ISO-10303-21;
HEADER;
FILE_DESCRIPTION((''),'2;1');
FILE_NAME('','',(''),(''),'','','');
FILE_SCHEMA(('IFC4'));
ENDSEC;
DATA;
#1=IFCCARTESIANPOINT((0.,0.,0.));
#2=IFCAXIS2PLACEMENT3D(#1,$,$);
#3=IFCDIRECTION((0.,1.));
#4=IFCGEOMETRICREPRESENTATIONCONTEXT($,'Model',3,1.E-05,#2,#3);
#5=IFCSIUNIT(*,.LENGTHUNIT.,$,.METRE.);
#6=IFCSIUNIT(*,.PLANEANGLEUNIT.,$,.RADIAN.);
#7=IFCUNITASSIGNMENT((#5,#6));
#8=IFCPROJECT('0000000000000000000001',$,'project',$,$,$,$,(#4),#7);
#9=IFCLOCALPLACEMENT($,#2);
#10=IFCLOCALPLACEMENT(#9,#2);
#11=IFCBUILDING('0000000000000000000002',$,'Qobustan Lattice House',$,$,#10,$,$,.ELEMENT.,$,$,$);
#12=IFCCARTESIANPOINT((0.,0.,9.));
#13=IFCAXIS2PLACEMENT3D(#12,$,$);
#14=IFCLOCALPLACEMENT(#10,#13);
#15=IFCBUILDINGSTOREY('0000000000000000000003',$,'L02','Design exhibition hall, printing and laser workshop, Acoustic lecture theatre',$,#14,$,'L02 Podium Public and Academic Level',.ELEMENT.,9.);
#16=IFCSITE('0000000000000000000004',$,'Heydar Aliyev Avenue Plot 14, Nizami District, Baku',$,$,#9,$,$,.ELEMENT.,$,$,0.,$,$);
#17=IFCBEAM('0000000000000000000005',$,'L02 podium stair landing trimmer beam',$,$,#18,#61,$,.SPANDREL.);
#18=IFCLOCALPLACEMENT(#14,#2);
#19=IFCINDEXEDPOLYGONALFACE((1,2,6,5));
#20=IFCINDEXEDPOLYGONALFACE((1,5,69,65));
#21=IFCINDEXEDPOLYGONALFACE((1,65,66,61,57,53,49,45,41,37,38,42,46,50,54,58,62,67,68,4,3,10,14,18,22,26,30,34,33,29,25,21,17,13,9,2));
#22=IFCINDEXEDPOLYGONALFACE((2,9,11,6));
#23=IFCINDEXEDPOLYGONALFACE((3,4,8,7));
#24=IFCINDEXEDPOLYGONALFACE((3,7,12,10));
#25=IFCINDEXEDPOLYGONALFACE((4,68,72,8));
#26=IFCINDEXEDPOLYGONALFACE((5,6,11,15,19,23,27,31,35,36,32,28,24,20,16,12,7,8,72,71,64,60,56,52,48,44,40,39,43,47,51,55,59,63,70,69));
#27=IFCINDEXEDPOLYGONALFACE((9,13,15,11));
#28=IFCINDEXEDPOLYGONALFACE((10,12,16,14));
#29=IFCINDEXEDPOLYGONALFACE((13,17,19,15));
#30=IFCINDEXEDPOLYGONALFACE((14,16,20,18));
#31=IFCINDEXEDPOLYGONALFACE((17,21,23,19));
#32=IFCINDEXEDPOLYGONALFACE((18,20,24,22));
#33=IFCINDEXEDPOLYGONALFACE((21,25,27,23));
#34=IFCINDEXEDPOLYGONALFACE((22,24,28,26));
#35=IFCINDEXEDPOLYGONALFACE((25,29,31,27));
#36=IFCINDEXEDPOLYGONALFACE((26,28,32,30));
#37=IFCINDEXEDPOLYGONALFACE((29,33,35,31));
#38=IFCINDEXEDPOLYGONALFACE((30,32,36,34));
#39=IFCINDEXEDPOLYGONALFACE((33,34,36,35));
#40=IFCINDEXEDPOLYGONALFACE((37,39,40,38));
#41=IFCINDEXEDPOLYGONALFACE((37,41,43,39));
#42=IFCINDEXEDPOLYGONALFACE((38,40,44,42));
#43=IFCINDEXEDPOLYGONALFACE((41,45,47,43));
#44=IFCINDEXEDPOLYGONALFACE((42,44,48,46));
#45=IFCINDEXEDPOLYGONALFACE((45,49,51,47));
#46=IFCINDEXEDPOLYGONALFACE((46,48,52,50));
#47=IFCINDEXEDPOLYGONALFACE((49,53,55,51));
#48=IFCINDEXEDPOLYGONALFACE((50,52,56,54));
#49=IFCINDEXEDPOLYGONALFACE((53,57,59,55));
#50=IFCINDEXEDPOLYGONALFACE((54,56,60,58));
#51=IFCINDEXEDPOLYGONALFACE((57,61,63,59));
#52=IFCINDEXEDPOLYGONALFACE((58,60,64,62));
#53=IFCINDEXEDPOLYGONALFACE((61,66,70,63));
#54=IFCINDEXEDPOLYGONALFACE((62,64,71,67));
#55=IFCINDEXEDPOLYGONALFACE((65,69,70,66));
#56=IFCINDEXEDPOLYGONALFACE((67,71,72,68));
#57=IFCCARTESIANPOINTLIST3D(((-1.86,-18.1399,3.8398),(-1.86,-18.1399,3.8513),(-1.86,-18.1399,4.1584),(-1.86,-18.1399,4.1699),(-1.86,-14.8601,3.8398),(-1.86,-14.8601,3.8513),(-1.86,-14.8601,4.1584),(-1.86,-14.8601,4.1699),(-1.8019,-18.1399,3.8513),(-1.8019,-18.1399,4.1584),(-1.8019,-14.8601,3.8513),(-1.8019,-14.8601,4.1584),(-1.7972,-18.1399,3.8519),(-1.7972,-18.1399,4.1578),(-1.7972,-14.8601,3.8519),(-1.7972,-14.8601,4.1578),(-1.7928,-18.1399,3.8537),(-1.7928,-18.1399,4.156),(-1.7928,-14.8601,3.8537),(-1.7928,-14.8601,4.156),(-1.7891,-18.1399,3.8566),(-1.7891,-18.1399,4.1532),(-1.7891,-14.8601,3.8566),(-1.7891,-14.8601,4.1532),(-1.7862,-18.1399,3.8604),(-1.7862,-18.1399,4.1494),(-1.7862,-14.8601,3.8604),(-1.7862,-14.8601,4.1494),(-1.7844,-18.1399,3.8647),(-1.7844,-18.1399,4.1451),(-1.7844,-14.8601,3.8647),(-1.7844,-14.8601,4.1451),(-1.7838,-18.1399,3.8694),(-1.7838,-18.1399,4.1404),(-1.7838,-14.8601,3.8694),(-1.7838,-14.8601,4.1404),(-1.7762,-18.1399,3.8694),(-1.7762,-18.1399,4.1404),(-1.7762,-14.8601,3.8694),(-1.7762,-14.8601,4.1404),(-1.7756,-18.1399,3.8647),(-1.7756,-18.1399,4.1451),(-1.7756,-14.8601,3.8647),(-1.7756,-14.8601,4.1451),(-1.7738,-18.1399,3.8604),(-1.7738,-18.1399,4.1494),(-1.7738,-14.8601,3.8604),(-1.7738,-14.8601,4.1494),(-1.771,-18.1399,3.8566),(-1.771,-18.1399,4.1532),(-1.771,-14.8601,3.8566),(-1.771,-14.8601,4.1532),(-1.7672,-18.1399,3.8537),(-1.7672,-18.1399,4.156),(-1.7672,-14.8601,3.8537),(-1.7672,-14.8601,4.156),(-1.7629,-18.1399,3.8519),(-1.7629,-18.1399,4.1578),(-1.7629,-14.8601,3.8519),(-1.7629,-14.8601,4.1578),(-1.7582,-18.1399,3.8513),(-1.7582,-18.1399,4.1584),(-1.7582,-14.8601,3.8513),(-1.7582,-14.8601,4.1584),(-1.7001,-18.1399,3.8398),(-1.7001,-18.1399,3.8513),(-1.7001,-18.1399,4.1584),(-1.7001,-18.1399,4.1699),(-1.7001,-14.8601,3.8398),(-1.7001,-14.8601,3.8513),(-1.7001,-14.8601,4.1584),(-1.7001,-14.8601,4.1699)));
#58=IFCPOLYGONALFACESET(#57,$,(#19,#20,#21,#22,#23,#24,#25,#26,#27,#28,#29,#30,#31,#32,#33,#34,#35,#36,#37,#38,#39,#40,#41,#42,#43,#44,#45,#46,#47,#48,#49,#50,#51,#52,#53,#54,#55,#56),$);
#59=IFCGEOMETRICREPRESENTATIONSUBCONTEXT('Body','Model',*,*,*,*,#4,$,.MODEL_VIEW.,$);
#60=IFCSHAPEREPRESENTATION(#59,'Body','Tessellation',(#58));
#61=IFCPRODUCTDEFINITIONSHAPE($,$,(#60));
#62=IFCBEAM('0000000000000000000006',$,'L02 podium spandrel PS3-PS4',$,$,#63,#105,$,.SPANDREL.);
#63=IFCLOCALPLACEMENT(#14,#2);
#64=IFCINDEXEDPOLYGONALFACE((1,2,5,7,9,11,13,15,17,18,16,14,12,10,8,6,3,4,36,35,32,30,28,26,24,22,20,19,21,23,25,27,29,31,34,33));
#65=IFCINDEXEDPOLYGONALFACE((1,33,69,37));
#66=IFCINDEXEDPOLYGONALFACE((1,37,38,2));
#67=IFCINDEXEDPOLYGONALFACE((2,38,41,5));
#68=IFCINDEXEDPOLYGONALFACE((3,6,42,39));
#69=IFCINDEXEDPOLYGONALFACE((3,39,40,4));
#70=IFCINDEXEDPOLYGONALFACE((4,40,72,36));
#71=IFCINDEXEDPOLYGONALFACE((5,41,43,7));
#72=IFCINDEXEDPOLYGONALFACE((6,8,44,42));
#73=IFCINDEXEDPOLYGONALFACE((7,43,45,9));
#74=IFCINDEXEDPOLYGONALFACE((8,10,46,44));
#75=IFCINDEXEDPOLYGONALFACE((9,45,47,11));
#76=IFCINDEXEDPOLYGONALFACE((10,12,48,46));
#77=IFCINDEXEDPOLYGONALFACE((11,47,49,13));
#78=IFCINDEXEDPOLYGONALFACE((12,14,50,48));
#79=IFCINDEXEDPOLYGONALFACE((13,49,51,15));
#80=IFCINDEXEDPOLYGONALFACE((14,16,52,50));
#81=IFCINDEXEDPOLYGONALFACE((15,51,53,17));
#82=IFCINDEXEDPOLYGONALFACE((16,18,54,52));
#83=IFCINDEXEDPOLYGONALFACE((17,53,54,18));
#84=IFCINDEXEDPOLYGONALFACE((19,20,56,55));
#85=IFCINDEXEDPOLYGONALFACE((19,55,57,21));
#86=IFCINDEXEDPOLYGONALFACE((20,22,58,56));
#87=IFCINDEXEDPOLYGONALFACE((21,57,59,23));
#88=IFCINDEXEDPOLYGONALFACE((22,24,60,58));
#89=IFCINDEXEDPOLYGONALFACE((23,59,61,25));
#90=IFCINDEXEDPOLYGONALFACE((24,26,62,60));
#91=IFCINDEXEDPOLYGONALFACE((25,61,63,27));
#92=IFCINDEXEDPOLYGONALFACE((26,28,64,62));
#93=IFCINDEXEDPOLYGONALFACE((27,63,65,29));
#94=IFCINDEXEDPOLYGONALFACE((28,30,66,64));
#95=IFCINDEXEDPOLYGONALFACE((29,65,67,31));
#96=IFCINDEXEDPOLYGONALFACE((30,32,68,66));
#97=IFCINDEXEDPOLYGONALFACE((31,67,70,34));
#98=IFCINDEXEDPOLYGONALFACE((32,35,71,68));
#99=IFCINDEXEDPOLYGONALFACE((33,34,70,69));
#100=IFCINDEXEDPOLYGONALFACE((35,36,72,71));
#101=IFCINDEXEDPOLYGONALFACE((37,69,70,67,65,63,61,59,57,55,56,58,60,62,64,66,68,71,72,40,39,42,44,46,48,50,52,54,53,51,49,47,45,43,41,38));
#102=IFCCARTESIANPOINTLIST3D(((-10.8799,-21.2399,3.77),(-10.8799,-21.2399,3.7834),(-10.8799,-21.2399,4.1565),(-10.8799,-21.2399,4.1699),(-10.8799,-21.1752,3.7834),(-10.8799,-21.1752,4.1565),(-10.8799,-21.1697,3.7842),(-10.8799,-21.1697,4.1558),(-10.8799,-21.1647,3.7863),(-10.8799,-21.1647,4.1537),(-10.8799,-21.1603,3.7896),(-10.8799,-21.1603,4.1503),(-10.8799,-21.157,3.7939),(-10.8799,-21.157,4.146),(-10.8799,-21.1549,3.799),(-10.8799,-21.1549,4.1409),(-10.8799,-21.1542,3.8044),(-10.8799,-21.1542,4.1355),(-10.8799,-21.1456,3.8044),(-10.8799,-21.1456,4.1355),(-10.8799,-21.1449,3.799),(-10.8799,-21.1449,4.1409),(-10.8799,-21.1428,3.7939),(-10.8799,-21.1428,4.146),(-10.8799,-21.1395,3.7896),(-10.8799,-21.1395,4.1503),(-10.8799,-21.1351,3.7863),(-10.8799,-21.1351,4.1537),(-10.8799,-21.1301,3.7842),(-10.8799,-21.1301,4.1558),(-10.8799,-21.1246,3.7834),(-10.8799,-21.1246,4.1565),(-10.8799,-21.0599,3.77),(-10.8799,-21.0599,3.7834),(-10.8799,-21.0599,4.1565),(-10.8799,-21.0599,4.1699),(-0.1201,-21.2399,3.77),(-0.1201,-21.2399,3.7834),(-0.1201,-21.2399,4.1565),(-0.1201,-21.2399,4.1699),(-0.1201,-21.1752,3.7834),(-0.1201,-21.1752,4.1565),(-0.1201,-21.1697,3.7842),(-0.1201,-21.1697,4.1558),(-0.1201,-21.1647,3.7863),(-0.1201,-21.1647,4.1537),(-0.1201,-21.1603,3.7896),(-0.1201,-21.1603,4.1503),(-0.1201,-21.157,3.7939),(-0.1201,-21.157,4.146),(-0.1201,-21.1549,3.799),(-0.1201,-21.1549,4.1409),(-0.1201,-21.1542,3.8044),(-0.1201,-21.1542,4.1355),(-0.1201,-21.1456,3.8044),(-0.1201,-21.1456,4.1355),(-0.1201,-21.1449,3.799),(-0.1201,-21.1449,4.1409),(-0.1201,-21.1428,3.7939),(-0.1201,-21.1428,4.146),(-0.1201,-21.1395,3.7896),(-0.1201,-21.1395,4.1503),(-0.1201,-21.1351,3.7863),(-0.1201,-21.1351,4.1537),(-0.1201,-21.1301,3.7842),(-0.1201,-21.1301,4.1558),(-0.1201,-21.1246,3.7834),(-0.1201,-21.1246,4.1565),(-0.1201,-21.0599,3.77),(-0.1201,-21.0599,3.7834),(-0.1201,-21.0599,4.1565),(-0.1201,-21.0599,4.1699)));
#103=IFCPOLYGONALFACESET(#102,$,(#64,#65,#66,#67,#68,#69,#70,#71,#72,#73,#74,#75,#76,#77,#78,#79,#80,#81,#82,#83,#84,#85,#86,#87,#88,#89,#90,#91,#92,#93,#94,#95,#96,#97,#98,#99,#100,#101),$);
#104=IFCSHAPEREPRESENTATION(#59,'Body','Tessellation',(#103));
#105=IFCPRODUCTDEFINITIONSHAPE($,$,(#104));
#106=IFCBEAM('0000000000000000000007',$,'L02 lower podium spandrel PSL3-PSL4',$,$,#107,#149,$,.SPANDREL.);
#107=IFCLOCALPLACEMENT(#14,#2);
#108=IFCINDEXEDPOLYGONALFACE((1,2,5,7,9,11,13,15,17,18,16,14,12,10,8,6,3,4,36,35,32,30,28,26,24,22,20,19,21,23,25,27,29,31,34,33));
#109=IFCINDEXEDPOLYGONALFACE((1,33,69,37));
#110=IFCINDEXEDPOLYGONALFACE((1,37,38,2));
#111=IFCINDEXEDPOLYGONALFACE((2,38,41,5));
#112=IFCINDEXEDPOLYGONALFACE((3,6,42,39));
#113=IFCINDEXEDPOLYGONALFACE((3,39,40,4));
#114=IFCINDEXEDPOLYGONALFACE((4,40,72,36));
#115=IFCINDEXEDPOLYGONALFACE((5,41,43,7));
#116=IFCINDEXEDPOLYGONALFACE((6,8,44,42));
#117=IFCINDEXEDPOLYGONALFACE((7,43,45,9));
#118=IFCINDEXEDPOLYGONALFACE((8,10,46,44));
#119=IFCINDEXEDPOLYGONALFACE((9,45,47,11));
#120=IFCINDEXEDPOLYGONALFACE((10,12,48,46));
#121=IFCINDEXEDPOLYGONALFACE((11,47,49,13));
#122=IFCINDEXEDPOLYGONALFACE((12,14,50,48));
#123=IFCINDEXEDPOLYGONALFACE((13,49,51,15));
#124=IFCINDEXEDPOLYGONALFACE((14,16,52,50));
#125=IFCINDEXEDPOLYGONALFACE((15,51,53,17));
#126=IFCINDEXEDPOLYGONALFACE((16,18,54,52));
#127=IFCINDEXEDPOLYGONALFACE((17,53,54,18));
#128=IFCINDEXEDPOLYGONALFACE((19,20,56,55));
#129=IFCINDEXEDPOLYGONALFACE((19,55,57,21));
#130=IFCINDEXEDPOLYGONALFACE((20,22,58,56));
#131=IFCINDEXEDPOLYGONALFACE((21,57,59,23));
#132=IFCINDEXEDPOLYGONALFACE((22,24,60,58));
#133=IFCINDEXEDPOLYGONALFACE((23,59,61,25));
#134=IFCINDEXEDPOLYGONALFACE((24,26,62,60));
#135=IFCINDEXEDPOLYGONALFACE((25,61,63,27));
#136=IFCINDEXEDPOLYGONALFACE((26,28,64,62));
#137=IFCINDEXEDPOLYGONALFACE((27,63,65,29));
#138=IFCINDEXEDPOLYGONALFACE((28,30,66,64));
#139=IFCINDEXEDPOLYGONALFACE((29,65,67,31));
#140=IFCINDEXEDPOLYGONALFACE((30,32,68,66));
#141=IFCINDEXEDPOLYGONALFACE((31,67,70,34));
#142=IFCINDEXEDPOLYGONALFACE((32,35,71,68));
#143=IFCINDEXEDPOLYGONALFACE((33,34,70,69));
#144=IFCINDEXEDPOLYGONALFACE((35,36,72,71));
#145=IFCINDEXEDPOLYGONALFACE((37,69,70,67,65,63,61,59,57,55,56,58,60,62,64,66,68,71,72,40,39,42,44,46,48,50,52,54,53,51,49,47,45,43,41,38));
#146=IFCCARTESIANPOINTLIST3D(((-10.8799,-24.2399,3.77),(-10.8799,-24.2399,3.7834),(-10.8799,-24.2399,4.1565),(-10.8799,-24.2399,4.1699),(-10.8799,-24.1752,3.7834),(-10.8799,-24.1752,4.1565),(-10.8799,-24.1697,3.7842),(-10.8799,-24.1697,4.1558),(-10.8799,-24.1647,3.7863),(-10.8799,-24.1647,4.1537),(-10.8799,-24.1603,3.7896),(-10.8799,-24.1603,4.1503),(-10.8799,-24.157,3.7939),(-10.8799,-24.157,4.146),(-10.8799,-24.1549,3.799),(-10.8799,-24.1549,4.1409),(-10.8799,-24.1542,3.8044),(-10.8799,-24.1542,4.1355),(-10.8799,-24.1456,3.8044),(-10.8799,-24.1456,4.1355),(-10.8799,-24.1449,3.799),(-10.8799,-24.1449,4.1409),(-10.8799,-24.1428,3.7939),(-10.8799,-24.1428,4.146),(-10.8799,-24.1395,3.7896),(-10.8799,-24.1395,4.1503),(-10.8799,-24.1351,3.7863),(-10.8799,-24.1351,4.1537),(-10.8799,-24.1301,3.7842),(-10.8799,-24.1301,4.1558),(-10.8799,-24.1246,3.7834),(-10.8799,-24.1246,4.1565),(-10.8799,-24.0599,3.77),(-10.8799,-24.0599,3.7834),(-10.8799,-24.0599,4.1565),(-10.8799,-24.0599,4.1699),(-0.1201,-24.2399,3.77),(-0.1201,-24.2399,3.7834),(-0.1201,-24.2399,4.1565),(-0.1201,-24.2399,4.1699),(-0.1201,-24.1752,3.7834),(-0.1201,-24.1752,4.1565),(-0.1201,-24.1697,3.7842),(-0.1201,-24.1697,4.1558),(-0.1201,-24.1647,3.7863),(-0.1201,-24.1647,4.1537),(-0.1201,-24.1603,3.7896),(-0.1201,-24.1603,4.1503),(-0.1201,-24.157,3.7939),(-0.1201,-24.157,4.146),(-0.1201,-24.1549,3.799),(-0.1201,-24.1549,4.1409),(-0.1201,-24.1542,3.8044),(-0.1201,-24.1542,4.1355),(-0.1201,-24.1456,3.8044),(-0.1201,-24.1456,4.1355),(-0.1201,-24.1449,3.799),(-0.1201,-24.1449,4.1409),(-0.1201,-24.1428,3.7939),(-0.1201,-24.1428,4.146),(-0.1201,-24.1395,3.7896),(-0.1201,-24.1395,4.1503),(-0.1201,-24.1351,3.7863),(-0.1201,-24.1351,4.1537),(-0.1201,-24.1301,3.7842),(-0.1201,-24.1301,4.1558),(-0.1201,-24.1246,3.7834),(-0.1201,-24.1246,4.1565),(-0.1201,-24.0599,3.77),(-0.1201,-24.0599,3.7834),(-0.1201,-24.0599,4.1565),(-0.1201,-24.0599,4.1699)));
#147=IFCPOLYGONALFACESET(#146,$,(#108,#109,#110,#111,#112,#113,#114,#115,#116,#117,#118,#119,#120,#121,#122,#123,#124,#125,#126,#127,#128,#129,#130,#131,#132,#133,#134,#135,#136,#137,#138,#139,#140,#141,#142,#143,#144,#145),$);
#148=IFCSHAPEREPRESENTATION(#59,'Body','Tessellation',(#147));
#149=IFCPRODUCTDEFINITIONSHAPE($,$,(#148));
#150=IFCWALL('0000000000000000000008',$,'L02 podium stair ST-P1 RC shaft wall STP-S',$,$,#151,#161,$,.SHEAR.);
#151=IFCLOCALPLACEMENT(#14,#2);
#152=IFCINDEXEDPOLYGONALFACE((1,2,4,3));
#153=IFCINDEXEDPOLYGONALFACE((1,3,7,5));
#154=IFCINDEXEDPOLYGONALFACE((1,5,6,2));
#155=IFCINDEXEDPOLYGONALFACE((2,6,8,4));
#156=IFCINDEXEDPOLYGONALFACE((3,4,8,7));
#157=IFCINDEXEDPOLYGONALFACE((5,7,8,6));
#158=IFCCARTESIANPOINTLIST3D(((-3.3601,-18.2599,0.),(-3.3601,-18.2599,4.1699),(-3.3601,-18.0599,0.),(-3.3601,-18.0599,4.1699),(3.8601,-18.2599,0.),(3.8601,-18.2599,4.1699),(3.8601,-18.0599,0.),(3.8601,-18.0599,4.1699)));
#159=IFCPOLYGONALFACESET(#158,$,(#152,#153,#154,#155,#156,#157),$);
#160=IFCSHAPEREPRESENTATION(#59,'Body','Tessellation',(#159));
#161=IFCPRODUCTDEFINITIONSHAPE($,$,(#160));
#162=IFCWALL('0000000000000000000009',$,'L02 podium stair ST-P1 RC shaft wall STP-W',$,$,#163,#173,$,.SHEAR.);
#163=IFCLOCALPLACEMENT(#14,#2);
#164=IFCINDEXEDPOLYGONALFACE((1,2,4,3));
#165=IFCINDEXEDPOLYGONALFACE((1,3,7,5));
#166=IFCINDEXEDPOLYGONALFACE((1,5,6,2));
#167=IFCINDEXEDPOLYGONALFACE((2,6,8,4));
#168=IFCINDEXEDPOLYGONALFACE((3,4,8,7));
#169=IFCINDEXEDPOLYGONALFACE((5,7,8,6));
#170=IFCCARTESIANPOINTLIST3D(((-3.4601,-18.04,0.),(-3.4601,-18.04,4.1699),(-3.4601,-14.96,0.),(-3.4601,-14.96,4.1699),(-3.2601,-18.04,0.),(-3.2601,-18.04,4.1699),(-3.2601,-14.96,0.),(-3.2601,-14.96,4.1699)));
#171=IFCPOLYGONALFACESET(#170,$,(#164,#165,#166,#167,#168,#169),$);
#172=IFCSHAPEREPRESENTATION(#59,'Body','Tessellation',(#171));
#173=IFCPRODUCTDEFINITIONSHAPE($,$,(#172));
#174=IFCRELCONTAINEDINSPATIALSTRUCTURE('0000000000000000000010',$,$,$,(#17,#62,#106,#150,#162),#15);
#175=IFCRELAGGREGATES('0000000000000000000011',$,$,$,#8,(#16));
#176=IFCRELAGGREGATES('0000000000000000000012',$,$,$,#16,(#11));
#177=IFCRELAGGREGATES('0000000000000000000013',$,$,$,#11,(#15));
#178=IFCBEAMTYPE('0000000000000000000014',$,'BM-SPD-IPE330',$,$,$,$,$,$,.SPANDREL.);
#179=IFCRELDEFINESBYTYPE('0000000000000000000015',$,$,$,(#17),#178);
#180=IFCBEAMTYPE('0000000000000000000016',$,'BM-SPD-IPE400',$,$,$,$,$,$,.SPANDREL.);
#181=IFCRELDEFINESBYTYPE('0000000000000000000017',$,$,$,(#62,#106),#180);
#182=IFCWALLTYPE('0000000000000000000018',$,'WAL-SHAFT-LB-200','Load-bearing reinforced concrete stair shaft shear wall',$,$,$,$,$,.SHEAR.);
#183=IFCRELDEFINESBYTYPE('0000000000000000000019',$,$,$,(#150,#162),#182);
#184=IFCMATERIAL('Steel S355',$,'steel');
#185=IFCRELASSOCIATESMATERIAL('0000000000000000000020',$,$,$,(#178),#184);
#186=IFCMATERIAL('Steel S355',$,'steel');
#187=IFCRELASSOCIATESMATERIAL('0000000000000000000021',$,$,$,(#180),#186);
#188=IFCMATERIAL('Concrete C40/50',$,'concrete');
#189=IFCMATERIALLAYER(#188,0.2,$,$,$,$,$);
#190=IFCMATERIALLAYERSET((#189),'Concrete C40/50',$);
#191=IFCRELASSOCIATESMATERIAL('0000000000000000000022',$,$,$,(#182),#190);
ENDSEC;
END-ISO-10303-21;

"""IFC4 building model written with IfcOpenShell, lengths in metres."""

from ifc_helpers import new_model, si_unit, direction, frame, frame_2d, origin, origin_2d, place, context, subcontext, project, spatial, rectangle, i_section, extrude, material, layer, layer_set, material_profile, profile_set, type_object, element, save


model = new_model("IFC4")

# Units and contexts
model_context = context("Model", 3, precision=1e-05, world=origin(), true_north=direction((0.0, 1.0)))
body_context = subcontext(model_context, "Body", "Model", "MODEL_VIEW")
ifc_project = project(units=[si_unit("LENGTHUNIT", "METRE"), si_unit("PLANEANGLEUNIT", "RADIAN")], contexts=[model_context])

# Site, building, storey
site_placement = place(None, origin())
site = spatial("IfcSite", under=ifc_project, at=site_placement, Name="Heydar Aliyev Avenue Plot 14, Nizami District, Baku", CompositionType="ELEMENT", RefElevation=0.0)
building_placement = place(site_placement, origin())
building = spatial("IfcBuilding", under=site, at=building_placement, Name="Qobustan Lattice House", CompositionType="ELEMENT")
storey_placement = place(building_placement, frame((0.0, 0.0, 9.0)))
storey = spatial("IfcBuildingStorey", under=building, at=storey_placement, Name="L02", Description="Design exhibition hall, printing and laser workshop, Acoustic lecture theatre", LongName="L02 Podium Public and Academic Level", CompositionType="ELEMENT", Elevation=9.0)

# Beams
ifc_material_1 = material(Name="Steel S355", Category="steel")
ifc_material_profile_1 = material_profile(ifc_material_1, i_section(OverallWidth=0.1599, OverallDepth=0.3301, WebThickness=0.0076, FlangeThickness=0.0115, FilletRadius=0.0181, at=origin_2d()), Name="IPE330")
ifc_profile_set_1 = profile_set([ifc_material_profile_1], Name="Steel S355")
beam_type_1 = type_object("IfcBeamType", Name="BM-SPD-IPE330", PredefinedType="SPANDREL", material=ifc_profile_set_1)
beam_1_placement = place(storey_placement, frame((-1.78, -18.1399, 4.0049), z_axis=(0.0, 1.0, 0.0), x_axis=(-1.0, 0.0, 0.0)))
element("IfcBeam", 1, at=beam_1_placement, inside=storey, type_object=beam_type_1, Name="L02 podium stair landing trimmer beam", PredefinedType="SPANDREL", context=body_context, shape_type="SweptSolid", body=[
    extrude(i_section(OverallWidth=0.1599, OverallDepth=0.3301, WebThickness=0.0076, FlangeThickness=0.0115, FilletRadius=0.0181, at=origin_2d()), origin(), (0.0, 0.0, 1.0), 3.2798),
])
ifc_material_2 = material(Name="Steel S355", Category="steel")
ifc_material_profile_2 = material_profile(ifc_material_2, i_section(OverallWidth=0.1799, OverallDepth=0.3999, WebThickness=0.0085, FlangeThickness=0.0134, FilletRadius=0.021, at=origin_2d()), Name="IPE400")
ifc_profile_set_2 = profile_set([ifc_material_profile_2], Name="Steel S355")
beam_type_2 = type_object("IfcBeamType", Name="BM-SPD-IPE400", PredefinedType="SPANDREL", material=ifc_profile_set_2)
for number, where, z_axis, x_axis, name in (
    (2, (-10.8799, -21.1499, 3.97), (1.0, 0.0, 0.0), (0.0, 1.0, 0.0), "L02 podium spandrel PS3-PS4"),
    (3, (-10.8799, -24.1499, 3.97), (1.0, 0.0, 0.0), (0.0, 1.0, 0.0), "L02 lower podium spandrel PSL3-PSL4"),
):
    element("IfcBeam", number, at=place(storey_placement, frame(where, z_axis=z_axis, x_axis=x_axis)), inside=storey, type_object=beam_type_2, Name=name, PredefinedType="SPANDREL", context=body_context, shape_type="SweptSolid", body=[
        extrude(i_section(OverallWidth=0.1799, OverallDepth=0.3999, WebThickness=0.0085, FlangeThickness=0.0134, FilletRadius=0.021, at=origin_2d()), origin(), (0.0, 0.0, 1.0), 10.7598),
    ])

# Walls
ifc_material_3 = material(Name="Concrete C40/50", Category="concrete")
ifc_layer = layer(ifc_material_3, 0.2)
ifc_layer_set = layer_set([ifc_layer], Name="Concrete C40/50")
wall_type = type_object("IfcWallType", Name="WAL-SHAFT-LB-200", Description="Load-bearing reinforced concrete stair shaft shear wall", PredefinedType="SHEAR", material=ifc_layer_set)
wall_1_placement = place(storey_placement, frame((-3.3601, -18.1599, 0.0), z_axis=(0.0, 0.0, 1.0), x_axis=(1.0, 0.0, 0.0)))
element("IfcWall", 4, at=wall_1_placement, inside=storey, type_object=wall_type, Name="L02 podium stair ST-P1 RC shaft wall STP-S", PredefinedType="SHEAR", context=body_context, shape_type="SweptSolid", body=[
    extrude(rectangle(XDim=7.2202, YDim=0.2, at=frame_2d((3.6101, 0.0))), origin(), (0.0, 0.0, 1.0), 4.1699),
])
wall_2_placement = place(storey_placement, frame((-3.3601, -18.04, 0.0), z_axis=(0.0, 0.0, 1.0), x_axis=(0.0, 1.0, 0.0)))
element("IfcWall", 5, at=wall_2_placement, inside=storey, type_object=wall_type, Name="L02 podium stair ST-P1 RC shaft wall STP-W", PredefinedType="SHEAR", context=body_context, shape_type="SweptSolid", body=[
    extrude(rectangle(XDim=3.0801, YDim=0.2, at=frame_2d((1.54, 0.0))), origin(), (0.0, 0.0, 1.0), 4.1699),
])

save(model, "model.ifc")
